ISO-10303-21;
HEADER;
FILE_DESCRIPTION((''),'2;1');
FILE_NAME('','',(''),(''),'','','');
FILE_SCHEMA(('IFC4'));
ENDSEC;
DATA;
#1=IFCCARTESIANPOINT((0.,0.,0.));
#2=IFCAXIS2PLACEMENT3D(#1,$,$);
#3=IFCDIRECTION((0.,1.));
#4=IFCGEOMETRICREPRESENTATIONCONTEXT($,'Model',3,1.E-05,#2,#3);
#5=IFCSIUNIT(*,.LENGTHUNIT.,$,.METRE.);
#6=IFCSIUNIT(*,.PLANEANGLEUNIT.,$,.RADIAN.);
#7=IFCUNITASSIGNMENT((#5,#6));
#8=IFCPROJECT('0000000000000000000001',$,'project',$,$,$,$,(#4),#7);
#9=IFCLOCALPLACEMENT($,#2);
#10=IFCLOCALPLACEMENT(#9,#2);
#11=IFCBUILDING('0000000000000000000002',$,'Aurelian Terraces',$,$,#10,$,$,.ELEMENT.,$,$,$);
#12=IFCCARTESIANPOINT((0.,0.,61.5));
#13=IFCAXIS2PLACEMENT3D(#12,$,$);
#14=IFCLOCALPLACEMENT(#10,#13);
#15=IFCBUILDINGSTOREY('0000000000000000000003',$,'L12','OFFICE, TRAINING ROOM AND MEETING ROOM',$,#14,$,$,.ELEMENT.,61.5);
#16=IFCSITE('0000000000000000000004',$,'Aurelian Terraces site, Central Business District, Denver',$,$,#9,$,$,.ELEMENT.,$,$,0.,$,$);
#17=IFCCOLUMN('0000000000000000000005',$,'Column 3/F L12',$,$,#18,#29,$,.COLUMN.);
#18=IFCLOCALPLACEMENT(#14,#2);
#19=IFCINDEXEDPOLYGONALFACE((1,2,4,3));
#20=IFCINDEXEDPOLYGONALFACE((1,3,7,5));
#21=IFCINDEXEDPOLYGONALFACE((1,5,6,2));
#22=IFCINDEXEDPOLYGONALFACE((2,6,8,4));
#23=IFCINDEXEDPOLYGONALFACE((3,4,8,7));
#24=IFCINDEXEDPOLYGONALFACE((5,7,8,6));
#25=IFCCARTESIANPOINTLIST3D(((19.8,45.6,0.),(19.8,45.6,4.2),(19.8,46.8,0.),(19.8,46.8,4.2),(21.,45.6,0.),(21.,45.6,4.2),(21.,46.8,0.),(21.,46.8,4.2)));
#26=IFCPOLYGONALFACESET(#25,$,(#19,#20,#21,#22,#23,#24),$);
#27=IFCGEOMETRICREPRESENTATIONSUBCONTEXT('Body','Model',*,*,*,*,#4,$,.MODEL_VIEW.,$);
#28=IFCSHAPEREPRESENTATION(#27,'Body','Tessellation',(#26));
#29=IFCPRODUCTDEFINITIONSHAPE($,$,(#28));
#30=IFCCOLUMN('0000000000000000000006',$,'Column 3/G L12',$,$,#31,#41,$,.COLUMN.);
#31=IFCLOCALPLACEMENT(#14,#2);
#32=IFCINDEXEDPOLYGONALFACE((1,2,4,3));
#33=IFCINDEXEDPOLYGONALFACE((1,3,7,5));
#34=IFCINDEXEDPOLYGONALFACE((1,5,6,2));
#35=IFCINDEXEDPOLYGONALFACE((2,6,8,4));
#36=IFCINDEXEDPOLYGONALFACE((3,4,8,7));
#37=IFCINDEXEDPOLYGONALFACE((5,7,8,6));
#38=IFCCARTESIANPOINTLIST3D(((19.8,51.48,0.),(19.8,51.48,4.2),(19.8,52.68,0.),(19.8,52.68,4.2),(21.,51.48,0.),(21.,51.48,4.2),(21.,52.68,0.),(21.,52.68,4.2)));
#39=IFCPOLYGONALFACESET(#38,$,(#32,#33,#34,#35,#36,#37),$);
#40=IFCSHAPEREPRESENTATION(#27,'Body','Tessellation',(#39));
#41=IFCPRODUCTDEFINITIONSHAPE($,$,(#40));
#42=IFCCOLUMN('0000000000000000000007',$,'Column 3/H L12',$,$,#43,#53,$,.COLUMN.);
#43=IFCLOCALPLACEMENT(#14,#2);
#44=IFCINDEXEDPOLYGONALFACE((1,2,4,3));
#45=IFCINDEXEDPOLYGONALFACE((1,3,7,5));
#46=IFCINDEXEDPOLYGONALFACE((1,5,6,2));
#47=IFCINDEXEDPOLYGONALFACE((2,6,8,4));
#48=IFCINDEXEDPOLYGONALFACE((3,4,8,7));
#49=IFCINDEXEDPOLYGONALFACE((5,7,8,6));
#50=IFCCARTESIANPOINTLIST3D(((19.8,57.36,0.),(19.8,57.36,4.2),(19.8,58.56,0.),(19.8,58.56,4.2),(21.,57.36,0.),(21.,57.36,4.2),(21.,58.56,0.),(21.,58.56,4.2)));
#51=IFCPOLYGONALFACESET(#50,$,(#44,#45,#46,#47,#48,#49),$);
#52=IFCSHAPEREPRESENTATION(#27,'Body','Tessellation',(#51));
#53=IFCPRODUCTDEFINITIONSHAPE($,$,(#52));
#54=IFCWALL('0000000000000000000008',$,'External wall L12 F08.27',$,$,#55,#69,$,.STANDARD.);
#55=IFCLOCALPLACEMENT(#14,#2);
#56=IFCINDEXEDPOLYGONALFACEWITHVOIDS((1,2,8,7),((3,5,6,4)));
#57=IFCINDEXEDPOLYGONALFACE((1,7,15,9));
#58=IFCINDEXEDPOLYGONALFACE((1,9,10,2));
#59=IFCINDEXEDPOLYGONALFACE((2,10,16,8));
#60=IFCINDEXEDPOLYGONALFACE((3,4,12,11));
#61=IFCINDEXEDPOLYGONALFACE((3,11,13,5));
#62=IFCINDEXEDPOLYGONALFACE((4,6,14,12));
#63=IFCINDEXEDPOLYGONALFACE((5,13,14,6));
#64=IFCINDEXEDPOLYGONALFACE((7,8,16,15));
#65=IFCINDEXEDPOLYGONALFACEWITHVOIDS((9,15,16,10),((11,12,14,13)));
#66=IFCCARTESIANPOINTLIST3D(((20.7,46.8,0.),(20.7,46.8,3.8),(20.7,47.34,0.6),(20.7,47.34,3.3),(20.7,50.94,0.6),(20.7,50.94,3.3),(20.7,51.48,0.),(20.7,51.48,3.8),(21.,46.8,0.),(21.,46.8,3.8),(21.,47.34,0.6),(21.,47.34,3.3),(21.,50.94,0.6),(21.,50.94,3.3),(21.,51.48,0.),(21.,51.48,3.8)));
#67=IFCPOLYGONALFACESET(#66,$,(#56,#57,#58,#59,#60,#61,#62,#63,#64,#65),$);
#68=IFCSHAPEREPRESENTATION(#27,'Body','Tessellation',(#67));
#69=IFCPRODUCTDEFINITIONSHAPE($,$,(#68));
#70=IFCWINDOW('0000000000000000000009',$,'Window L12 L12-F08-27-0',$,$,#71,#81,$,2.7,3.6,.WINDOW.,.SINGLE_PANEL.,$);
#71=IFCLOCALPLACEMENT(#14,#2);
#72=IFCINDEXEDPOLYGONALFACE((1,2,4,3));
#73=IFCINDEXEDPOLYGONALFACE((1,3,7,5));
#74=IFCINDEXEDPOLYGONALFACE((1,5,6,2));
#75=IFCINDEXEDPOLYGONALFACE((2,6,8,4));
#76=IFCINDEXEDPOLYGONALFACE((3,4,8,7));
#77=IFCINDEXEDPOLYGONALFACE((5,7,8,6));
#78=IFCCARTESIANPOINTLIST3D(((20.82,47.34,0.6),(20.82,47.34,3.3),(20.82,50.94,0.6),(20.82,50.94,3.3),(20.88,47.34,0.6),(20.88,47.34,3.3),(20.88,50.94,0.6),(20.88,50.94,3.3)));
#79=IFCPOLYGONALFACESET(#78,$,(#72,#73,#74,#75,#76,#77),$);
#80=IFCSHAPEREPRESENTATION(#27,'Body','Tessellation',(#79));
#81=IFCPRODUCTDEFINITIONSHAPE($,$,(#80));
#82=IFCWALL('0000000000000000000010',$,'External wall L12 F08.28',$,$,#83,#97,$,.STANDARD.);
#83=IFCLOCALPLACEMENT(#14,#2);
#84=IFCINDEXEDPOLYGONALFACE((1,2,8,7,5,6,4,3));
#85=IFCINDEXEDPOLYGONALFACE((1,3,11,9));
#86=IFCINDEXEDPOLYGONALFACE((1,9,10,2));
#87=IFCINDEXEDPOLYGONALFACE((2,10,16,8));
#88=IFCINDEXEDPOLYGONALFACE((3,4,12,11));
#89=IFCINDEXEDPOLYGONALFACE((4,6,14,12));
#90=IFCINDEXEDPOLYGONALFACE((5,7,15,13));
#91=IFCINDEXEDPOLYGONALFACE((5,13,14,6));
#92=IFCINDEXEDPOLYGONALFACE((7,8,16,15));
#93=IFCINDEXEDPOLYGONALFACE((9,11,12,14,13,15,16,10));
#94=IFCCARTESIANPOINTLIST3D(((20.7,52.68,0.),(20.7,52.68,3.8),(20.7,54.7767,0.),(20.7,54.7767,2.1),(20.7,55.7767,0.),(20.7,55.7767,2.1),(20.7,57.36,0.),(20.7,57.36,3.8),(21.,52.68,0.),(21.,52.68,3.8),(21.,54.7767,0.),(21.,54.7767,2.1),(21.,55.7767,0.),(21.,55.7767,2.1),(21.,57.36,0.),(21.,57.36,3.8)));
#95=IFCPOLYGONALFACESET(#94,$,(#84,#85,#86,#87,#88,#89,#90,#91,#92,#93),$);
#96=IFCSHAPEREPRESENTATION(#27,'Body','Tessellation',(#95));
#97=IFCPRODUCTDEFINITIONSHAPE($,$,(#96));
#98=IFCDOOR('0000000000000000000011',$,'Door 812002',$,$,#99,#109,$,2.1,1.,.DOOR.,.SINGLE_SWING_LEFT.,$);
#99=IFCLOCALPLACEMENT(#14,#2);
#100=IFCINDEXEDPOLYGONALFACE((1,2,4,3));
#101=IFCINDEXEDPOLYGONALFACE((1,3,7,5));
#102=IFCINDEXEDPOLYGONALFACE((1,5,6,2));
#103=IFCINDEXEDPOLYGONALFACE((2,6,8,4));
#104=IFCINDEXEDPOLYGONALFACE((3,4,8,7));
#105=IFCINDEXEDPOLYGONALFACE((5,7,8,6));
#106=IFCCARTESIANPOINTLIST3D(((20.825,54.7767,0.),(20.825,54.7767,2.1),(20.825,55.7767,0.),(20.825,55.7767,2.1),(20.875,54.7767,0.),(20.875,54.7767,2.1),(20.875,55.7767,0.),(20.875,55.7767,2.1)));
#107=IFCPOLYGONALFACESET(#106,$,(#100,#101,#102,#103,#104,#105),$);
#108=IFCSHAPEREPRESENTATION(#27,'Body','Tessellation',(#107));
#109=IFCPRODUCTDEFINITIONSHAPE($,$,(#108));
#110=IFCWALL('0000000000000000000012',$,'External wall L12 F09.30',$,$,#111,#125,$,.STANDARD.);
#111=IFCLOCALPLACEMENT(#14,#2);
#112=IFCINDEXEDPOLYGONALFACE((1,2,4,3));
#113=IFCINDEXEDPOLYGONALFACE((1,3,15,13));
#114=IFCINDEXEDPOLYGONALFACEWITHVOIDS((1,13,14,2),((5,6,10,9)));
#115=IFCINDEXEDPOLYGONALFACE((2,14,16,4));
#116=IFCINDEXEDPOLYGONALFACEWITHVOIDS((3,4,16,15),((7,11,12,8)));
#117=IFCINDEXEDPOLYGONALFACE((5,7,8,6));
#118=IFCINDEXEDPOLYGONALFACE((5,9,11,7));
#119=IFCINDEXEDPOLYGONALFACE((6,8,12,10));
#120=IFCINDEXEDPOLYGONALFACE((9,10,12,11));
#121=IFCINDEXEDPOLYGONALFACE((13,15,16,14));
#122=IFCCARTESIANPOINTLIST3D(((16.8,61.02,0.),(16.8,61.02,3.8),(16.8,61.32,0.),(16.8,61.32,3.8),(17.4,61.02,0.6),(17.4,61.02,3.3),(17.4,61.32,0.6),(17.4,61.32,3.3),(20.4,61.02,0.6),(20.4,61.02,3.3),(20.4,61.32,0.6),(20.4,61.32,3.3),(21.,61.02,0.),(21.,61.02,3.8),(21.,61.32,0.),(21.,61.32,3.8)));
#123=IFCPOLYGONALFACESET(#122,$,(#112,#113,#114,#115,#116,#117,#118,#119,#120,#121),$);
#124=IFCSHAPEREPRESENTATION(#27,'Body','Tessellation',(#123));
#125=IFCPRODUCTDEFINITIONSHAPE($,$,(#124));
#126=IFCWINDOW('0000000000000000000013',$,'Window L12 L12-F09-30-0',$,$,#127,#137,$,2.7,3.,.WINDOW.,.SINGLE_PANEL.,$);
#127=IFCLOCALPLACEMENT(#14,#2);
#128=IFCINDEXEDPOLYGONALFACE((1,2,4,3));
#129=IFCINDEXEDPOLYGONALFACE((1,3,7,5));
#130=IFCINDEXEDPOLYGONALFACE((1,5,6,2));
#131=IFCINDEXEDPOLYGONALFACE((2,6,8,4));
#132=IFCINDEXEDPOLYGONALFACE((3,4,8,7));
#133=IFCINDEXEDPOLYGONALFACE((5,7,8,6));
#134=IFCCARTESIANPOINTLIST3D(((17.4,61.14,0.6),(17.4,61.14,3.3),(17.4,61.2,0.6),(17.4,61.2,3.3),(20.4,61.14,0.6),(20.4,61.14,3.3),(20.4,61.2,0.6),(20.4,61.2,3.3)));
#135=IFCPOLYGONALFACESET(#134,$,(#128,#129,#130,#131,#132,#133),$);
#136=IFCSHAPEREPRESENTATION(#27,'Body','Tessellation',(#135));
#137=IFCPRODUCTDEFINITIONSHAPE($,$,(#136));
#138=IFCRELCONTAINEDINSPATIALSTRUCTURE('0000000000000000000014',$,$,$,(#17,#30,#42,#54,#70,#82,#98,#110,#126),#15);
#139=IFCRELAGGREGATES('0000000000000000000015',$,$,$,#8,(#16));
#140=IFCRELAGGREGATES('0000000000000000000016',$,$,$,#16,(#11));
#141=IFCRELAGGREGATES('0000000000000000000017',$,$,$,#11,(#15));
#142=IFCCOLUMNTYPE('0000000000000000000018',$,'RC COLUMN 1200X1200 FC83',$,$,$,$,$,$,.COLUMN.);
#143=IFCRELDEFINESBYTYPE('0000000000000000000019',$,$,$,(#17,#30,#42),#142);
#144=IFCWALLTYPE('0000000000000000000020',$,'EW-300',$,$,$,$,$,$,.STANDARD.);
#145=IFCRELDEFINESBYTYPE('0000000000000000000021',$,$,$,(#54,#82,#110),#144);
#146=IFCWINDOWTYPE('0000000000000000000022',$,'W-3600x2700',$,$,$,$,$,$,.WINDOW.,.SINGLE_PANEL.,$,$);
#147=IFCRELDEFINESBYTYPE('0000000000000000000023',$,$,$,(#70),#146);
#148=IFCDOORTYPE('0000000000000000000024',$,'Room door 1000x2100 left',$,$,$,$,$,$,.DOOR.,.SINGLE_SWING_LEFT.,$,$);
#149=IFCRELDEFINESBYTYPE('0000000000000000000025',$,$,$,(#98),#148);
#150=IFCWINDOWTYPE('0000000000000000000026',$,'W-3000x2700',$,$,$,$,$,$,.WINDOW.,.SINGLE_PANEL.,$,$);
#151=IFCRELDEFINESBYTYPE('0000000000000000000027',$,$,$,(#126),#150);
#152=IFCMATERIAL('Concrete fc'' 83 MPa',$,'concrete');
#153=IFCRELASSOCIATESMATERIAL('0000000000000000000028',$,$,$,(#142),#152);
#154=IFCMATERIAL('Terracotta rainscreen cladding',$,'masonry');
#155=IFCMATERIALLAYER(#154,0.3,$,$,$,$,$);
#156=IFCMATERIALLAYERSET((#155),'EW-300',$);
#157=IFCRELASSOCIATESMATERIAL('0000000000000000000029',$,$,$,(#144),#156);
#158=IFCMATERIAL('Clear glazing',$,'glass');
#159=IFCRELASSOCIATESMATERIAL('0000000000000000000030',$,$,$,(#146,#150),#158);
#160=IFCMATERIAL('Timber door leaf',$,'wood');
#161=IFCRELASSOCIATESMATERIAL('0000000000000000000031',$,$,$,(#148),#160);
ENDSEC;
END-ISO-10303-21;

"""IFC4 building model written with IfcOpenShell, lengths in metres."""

from ifc_helpers import new_model, si_unit, direction, frame, frame_2d, origin, origin_2d, place, context, subcontext, project, spatial, rectangle, extrude, source, transform, mapped, material, layer, layer_set, material_profile, profile_set, type_object, element, fill, save


model = new_model("IFC4")

# Units and contexts
model_context = context("Model", 3, precision=1e-05, world=origin(), true_north=direction((0.0, 1.0)))
body_context = subcontext(model_context, "Body", "Model", "MODEL_VIEW")
ifc_project = project(units=[si_unit("LENGTHUNIT", "METRE"), si_unit("PLANEANGLEUNIT", "RADIAN")], contexts=[model_context])

# Site, building, storey
site_placement = place(None, origin())
site = spatial("IfcSite", under=ifc_project, at=site_placement, Name="Aurelian Terraces site, Central Business District, Denver", CompositionType="ELEMENT", RefElevation=0.0)
building_placement = place(site_placement, origin())
building = spatial("IfcBuilding", under=site, at=building_placement, Name="Aurelian Terraces", CompositionType="ELEMENT")
storey_placement = place(building_placement, frame((0.0, 0.0, 61.5)))
storey = spatial("IfcBuildingStorey", under=building, at=storey_placement, Name="L12", Description="OFFICE, TRAINING ROOM AND MEETING ROOM", CompositionType="ELEMENT", Elevation=61.5)

# Columns
ifc_material_1 = material(Name="Concrete fc' 83 MPa", Category="concrete")
ifc_material_profile = material_profile(ifc_material_1, rectangle(XDim=1.2, YDim=1.2, at=origin_2d()))
ifc_profile_set = profile_set([ifc_material_profile], Name="Concrete fc' 83 MPa")
column_type = type_object("IfcColumnType", Name="RC COLUMN 1200X1200 FC83", PredefinedType="COLUMN", material=ifc_profile_set)
shared_shape_1 = source(origin(), body_context, "Body", "SweptSolid", [
    extrude(rectangle(XDim=1.2, YDim=1.2, at=origin_2d()), origin(), (0.0, 0.0, 1.0), 4.2),
])
for number, where, z_axis, x_axis, name in (
    (1, (20.4, 46.2, 0.0), (0.0, 0.0, 1.0), (1.0, 0.0, 0.0), "Column 3/F L12"),
    (2, (20.4, 52.08, 0.0), (0.0, 0.0, 1.0), (1.0, 0.0, 0.0), "Column 3/G L12"),
    (3, (20.4, 57.96, 0.0), (0.0, 0.0, 1.0), (1.0, 0.0, 0.0), "Column 3/H L12"),
):
    element("IfcColumn", number, at=place(storey_placement, frame(where, z_axis=z_axis, x_axis=x_axis)), inside=storey, type_object=column_type, Name=name, PredefinedType="COLUMN", context=body_context, shape_type="MappedRepresentation", body=[
        mapped(shared_shape_1, transform((0.0, 0.0, 0.0), scale=1.0)),
    ])

# Wall, opening, window
ifc_material_2 = material(Name="Terracotta rainscreen cladding", Category="masonry")
ifc_layer_1 = layer(ifc_material_2, 0.3)
ifc_layer_set_1 = layer_set([ifc_layer_1], Name="EW-300")
wall_type_1 = type_object("IfcWallType", Name="EW-300", PredefinedType="STANDARD", material=ifc_layer_set_1)
shared_shape_2 = source(origin(), body_context, "Body", "SweptSolid", [
    extrude(rectangle(XDim=4.68, YDim=0.3, at=frame_2d((2.34, 0.0))), origin(), (0.0, 0.0, 1.0), 3.8),
])
wall_1_placement = place(storey_placement, frame((20.85, 46.8, 0.0), z_axis=(0.0, 0.0, 1.0), x_axis=(0.0, 1.0, 0.0)))
wall_1 = element("IfcWall", 4, at=wall_1_placement, inside=storey, type_object=wall_type_1, Name="External wall L12 F08.27", PredefinedType="STANDARD", context=body_context, shape_type="MappedRepresentation", body=[
    mapped(shared_shape_2, transform((0.0, 0.0, 0.0), scale=1.0)),
])
shared_shape_3 = source(origin(), body_context, "Body", "SweptSolid", [
    extrude(rectangle(XDim=3.6, YDim=2.7, at=frame_2d((1.8, 1.35))), frame((0.0, 0.16, 0.0), z_axis=(0.0, -1.0, 0.0), x_axis=(1.0, 0.0, 0.0)), (0.0, 0.0, 1.0), 0.32),
])
opening_1_placement = place(wall_1_placement, frame((0.54, 0.0, 0.6)))
opening_1 = element("IfcOpeningElement", 5, at=opening_1_placement, cuts=wall_1, PredefinedType="OPENING", context=body_context, shape_type="MappedRepresentation", body=[
    mapped(shared_shape_3, transform((0.0, 0.0, 0.0), scale=1.0)),
])
ifc_material_3 = material(Name="Clear glazing", Category="glass")
window_type_1 = type_object("IfcWindowType", Name="W-3600x2700", PartitioningType="SINGLE_PANEL", PredefinedType="WINDOW", material=ifc_material_3)
shared_shape_4 = source(origin(), body_context, "Body", "SweptSolid", [
    extrude(rectangle(XDim=3.6, YDim=2.7, at=frame_2d((1.8, 1.35))), frame((0.0, 0.03, 0.0), z_axis=(0.0, -1.0, 0.0), x_axis=(1.0, 0.0, 0.0)), (0.0, 0.0, 1.0), 0.06),
])
window_1_placement = place(opening_1_placement, origin())
window_1 = element("IfcWindow", 6, at=window_1_placement, inside=storey, type_object=window_type_1, Name="Window L12 L12-F08-27-0", OverallHeight=2.7, OverallWidth=3.6, PartitioningType="SINGLE_PANEL", PredefinedType="WINDOW", context=body_context, shape_type="MappedRepresentation", body=[
    mapped(shared_shape_4, transform((0.0, 0.0, 0.0), scale=1.0)),
])
fill(opening_1, window_1)

# Wall, opening, door
wall_2_placement = place(storey_placement, frame((20.85, 52.68, 0.0), z_axis=(0.0, 0.0, 1.0), x_axis=(0.0, 1.0, 0.0)))
wall_2 = element("IfcWall", 7, at=wall_2_placement, inside=storey, type_object=wall_type_1, Name="External wall L12 F08.28", PredefinedType="STANDARD", context=body_context, shape_type="MappedRepresentation", body=[
    mapped(shared_shape_2, transform((0.0, 0.0, 0.0), scale=1.0)),
])
shared_shape_5 = source(origin(), body_context, "Body", "SweptSolid", [
    extrude(rectangle(XDim=1.0, YDim=2.1, at=frame_2d((0.5, 1.05))), frame((0.0, 0.16, 0.0), z_axis=(0.0, -1.0, 0.0), x_axis=(1.0, 0.0, 0.0)), (0.0, 0.0, 1.0), 0.32),
])
opening_2_placement = place(wall_2_placement, frame((2.0967, 0.0, 0.0)))
opening_2 = element("IfcOpeningElement", 8, at=opening_2_placement, cuts=wall_2, PredefinedType="OPENING", context=body_context, shape_type="MappedRepresentation", body=[
    mapped(shared_shape_5, transform((0.0, 0.0, 0.0), scale=1.0)),
])
ifc_material_4 = material(Name="Timber door leaf", Category="wood")
door_type = type_object("IfcDoorType", Name="Room door 1000x2100 left", OperationType="SINGLE_SWING_LEFT", PredefinedType="DOOR", material=ifc_material_4)
shared_shape_6 = source(origin(), body_context, "Body", "SweptSolid", [
    extrude(rectangle(XDim=1.0, YDim=2.1, at=frame_2d((0.5, 1.05))), frame((0.0, 0.025, 0.0), z_axis=(0.0, -1.0, 0.0), x_axis=(1.0, 0.0, 0.0)), (0.0, 0.0, 1.0), 0.05),
])
door_placement = place(opening_2_placement, origin())
door = element("IfcDoor", 9, at=door_placement, inside=storey, type_object=door_type, Name="Door 812002", OperationType="SINGLE_SWING_LEFT", OverallHeight=2.1, OverallWidth=1.0, PredefinedType="DOOR", context=body_context, shape_type="MappedRepresentation", body=[
    mapped(shared_shape_6, transform((0.0, 0.0, 0.0), scale=1.0)),
])
fill(opening_2, door)

# Wall, opening, window
shared_shape_7 = source(origin(), body_context, "Body", "SweptSolid", [
    extrude(rectangle(XDim=4.2, YDim=0.3, at=frame_2d((2.1, 0.0))), origin(), (0.0, 0.0, 1.0), 3.8),
])
wall_3_placement = place(storey_placement, frame((21.0, 61.17, 0.0), z_axis=(0.0, 0.0, 1.0), x_axis=(-1.0, 0.0, 0.0)))
wall_3 = element("IfcWall", 10, at=wall_3_placement, inside=storey, type_object=wall_type_1, Name="External wall L12 F09.30", PredefinedType="STANDARD", context=body_context, shape_type="MappedRepresentation", body=[
    mapped(shared_shape_7, transform((0.0, 0.0, 0.0), scale=1.0)),
])
shared_shape_8 = source(origin(), body_context, "Body", "SweptSolid", [
    extrude(rectangle(XDim=3.0, YDim=2.7, at=frame_2d((1.5, 1.35))), frame((0.0, 0.16, 0.0), z_axis=(0.0, -1.0, 0.0), x_axis=(1.0, 0.0, 0.0)), (0.0, 0.0, 1.0), 0.32),
])
opening_3_placement = place(wall_3_placement, frame((0.6, 0.0, 0.6)))
opening_3 = element("IfcOpeningElement", 11, at=opening_3_placement, cuts=wall_3, PredefinedType="OPENING", context=body_context, shape_type="MappedRepresentation", body=[
    mapped(shared_shape_8, transform((0.0, 0.0, 0.0), scale=1.0)),
])
window_type_2 = type_object("IfcWindowType", Name="W-3000x2700", PartitioningType="SINGLE_PANEL", PredefinedType="WINDOW", material=ifc_material_3)
shared_shape_9 = source(origin(), body_context, "Body", "SweptSolid", [
    extrude(rectangle(XDim=3.0, YDim=2.7, at=frame_2d((1.5, 1.35))), frame((0.0, 0.03, 0.0), z_axis=(0.0, -1.0, 0.0), x_axis=(1.0, 0.0, 0.0)), (0.0, 0.0, 1.0), 0.06),
])
window_2_placement = place(opening_3_placement, origin())
window_2 = element("IfcWindow", 12, at=window_2_placement, inside=storey, type_object=window_type_2, Name="Window L12 L12-F09-30-0", OverallHeight=2.7, OverallWidth=3.0, PartitioningType="SINGLE_PANEL", PredefinedType="WINDOW", context=body_context, shape_type="MappedRepresentation", body=[
    mapped(shared_shape_9, transform((0.0, 0.0, 0.0), scale=1.0)),
])
fill(opening_3, window_2)

save(model, "model.ifc")
